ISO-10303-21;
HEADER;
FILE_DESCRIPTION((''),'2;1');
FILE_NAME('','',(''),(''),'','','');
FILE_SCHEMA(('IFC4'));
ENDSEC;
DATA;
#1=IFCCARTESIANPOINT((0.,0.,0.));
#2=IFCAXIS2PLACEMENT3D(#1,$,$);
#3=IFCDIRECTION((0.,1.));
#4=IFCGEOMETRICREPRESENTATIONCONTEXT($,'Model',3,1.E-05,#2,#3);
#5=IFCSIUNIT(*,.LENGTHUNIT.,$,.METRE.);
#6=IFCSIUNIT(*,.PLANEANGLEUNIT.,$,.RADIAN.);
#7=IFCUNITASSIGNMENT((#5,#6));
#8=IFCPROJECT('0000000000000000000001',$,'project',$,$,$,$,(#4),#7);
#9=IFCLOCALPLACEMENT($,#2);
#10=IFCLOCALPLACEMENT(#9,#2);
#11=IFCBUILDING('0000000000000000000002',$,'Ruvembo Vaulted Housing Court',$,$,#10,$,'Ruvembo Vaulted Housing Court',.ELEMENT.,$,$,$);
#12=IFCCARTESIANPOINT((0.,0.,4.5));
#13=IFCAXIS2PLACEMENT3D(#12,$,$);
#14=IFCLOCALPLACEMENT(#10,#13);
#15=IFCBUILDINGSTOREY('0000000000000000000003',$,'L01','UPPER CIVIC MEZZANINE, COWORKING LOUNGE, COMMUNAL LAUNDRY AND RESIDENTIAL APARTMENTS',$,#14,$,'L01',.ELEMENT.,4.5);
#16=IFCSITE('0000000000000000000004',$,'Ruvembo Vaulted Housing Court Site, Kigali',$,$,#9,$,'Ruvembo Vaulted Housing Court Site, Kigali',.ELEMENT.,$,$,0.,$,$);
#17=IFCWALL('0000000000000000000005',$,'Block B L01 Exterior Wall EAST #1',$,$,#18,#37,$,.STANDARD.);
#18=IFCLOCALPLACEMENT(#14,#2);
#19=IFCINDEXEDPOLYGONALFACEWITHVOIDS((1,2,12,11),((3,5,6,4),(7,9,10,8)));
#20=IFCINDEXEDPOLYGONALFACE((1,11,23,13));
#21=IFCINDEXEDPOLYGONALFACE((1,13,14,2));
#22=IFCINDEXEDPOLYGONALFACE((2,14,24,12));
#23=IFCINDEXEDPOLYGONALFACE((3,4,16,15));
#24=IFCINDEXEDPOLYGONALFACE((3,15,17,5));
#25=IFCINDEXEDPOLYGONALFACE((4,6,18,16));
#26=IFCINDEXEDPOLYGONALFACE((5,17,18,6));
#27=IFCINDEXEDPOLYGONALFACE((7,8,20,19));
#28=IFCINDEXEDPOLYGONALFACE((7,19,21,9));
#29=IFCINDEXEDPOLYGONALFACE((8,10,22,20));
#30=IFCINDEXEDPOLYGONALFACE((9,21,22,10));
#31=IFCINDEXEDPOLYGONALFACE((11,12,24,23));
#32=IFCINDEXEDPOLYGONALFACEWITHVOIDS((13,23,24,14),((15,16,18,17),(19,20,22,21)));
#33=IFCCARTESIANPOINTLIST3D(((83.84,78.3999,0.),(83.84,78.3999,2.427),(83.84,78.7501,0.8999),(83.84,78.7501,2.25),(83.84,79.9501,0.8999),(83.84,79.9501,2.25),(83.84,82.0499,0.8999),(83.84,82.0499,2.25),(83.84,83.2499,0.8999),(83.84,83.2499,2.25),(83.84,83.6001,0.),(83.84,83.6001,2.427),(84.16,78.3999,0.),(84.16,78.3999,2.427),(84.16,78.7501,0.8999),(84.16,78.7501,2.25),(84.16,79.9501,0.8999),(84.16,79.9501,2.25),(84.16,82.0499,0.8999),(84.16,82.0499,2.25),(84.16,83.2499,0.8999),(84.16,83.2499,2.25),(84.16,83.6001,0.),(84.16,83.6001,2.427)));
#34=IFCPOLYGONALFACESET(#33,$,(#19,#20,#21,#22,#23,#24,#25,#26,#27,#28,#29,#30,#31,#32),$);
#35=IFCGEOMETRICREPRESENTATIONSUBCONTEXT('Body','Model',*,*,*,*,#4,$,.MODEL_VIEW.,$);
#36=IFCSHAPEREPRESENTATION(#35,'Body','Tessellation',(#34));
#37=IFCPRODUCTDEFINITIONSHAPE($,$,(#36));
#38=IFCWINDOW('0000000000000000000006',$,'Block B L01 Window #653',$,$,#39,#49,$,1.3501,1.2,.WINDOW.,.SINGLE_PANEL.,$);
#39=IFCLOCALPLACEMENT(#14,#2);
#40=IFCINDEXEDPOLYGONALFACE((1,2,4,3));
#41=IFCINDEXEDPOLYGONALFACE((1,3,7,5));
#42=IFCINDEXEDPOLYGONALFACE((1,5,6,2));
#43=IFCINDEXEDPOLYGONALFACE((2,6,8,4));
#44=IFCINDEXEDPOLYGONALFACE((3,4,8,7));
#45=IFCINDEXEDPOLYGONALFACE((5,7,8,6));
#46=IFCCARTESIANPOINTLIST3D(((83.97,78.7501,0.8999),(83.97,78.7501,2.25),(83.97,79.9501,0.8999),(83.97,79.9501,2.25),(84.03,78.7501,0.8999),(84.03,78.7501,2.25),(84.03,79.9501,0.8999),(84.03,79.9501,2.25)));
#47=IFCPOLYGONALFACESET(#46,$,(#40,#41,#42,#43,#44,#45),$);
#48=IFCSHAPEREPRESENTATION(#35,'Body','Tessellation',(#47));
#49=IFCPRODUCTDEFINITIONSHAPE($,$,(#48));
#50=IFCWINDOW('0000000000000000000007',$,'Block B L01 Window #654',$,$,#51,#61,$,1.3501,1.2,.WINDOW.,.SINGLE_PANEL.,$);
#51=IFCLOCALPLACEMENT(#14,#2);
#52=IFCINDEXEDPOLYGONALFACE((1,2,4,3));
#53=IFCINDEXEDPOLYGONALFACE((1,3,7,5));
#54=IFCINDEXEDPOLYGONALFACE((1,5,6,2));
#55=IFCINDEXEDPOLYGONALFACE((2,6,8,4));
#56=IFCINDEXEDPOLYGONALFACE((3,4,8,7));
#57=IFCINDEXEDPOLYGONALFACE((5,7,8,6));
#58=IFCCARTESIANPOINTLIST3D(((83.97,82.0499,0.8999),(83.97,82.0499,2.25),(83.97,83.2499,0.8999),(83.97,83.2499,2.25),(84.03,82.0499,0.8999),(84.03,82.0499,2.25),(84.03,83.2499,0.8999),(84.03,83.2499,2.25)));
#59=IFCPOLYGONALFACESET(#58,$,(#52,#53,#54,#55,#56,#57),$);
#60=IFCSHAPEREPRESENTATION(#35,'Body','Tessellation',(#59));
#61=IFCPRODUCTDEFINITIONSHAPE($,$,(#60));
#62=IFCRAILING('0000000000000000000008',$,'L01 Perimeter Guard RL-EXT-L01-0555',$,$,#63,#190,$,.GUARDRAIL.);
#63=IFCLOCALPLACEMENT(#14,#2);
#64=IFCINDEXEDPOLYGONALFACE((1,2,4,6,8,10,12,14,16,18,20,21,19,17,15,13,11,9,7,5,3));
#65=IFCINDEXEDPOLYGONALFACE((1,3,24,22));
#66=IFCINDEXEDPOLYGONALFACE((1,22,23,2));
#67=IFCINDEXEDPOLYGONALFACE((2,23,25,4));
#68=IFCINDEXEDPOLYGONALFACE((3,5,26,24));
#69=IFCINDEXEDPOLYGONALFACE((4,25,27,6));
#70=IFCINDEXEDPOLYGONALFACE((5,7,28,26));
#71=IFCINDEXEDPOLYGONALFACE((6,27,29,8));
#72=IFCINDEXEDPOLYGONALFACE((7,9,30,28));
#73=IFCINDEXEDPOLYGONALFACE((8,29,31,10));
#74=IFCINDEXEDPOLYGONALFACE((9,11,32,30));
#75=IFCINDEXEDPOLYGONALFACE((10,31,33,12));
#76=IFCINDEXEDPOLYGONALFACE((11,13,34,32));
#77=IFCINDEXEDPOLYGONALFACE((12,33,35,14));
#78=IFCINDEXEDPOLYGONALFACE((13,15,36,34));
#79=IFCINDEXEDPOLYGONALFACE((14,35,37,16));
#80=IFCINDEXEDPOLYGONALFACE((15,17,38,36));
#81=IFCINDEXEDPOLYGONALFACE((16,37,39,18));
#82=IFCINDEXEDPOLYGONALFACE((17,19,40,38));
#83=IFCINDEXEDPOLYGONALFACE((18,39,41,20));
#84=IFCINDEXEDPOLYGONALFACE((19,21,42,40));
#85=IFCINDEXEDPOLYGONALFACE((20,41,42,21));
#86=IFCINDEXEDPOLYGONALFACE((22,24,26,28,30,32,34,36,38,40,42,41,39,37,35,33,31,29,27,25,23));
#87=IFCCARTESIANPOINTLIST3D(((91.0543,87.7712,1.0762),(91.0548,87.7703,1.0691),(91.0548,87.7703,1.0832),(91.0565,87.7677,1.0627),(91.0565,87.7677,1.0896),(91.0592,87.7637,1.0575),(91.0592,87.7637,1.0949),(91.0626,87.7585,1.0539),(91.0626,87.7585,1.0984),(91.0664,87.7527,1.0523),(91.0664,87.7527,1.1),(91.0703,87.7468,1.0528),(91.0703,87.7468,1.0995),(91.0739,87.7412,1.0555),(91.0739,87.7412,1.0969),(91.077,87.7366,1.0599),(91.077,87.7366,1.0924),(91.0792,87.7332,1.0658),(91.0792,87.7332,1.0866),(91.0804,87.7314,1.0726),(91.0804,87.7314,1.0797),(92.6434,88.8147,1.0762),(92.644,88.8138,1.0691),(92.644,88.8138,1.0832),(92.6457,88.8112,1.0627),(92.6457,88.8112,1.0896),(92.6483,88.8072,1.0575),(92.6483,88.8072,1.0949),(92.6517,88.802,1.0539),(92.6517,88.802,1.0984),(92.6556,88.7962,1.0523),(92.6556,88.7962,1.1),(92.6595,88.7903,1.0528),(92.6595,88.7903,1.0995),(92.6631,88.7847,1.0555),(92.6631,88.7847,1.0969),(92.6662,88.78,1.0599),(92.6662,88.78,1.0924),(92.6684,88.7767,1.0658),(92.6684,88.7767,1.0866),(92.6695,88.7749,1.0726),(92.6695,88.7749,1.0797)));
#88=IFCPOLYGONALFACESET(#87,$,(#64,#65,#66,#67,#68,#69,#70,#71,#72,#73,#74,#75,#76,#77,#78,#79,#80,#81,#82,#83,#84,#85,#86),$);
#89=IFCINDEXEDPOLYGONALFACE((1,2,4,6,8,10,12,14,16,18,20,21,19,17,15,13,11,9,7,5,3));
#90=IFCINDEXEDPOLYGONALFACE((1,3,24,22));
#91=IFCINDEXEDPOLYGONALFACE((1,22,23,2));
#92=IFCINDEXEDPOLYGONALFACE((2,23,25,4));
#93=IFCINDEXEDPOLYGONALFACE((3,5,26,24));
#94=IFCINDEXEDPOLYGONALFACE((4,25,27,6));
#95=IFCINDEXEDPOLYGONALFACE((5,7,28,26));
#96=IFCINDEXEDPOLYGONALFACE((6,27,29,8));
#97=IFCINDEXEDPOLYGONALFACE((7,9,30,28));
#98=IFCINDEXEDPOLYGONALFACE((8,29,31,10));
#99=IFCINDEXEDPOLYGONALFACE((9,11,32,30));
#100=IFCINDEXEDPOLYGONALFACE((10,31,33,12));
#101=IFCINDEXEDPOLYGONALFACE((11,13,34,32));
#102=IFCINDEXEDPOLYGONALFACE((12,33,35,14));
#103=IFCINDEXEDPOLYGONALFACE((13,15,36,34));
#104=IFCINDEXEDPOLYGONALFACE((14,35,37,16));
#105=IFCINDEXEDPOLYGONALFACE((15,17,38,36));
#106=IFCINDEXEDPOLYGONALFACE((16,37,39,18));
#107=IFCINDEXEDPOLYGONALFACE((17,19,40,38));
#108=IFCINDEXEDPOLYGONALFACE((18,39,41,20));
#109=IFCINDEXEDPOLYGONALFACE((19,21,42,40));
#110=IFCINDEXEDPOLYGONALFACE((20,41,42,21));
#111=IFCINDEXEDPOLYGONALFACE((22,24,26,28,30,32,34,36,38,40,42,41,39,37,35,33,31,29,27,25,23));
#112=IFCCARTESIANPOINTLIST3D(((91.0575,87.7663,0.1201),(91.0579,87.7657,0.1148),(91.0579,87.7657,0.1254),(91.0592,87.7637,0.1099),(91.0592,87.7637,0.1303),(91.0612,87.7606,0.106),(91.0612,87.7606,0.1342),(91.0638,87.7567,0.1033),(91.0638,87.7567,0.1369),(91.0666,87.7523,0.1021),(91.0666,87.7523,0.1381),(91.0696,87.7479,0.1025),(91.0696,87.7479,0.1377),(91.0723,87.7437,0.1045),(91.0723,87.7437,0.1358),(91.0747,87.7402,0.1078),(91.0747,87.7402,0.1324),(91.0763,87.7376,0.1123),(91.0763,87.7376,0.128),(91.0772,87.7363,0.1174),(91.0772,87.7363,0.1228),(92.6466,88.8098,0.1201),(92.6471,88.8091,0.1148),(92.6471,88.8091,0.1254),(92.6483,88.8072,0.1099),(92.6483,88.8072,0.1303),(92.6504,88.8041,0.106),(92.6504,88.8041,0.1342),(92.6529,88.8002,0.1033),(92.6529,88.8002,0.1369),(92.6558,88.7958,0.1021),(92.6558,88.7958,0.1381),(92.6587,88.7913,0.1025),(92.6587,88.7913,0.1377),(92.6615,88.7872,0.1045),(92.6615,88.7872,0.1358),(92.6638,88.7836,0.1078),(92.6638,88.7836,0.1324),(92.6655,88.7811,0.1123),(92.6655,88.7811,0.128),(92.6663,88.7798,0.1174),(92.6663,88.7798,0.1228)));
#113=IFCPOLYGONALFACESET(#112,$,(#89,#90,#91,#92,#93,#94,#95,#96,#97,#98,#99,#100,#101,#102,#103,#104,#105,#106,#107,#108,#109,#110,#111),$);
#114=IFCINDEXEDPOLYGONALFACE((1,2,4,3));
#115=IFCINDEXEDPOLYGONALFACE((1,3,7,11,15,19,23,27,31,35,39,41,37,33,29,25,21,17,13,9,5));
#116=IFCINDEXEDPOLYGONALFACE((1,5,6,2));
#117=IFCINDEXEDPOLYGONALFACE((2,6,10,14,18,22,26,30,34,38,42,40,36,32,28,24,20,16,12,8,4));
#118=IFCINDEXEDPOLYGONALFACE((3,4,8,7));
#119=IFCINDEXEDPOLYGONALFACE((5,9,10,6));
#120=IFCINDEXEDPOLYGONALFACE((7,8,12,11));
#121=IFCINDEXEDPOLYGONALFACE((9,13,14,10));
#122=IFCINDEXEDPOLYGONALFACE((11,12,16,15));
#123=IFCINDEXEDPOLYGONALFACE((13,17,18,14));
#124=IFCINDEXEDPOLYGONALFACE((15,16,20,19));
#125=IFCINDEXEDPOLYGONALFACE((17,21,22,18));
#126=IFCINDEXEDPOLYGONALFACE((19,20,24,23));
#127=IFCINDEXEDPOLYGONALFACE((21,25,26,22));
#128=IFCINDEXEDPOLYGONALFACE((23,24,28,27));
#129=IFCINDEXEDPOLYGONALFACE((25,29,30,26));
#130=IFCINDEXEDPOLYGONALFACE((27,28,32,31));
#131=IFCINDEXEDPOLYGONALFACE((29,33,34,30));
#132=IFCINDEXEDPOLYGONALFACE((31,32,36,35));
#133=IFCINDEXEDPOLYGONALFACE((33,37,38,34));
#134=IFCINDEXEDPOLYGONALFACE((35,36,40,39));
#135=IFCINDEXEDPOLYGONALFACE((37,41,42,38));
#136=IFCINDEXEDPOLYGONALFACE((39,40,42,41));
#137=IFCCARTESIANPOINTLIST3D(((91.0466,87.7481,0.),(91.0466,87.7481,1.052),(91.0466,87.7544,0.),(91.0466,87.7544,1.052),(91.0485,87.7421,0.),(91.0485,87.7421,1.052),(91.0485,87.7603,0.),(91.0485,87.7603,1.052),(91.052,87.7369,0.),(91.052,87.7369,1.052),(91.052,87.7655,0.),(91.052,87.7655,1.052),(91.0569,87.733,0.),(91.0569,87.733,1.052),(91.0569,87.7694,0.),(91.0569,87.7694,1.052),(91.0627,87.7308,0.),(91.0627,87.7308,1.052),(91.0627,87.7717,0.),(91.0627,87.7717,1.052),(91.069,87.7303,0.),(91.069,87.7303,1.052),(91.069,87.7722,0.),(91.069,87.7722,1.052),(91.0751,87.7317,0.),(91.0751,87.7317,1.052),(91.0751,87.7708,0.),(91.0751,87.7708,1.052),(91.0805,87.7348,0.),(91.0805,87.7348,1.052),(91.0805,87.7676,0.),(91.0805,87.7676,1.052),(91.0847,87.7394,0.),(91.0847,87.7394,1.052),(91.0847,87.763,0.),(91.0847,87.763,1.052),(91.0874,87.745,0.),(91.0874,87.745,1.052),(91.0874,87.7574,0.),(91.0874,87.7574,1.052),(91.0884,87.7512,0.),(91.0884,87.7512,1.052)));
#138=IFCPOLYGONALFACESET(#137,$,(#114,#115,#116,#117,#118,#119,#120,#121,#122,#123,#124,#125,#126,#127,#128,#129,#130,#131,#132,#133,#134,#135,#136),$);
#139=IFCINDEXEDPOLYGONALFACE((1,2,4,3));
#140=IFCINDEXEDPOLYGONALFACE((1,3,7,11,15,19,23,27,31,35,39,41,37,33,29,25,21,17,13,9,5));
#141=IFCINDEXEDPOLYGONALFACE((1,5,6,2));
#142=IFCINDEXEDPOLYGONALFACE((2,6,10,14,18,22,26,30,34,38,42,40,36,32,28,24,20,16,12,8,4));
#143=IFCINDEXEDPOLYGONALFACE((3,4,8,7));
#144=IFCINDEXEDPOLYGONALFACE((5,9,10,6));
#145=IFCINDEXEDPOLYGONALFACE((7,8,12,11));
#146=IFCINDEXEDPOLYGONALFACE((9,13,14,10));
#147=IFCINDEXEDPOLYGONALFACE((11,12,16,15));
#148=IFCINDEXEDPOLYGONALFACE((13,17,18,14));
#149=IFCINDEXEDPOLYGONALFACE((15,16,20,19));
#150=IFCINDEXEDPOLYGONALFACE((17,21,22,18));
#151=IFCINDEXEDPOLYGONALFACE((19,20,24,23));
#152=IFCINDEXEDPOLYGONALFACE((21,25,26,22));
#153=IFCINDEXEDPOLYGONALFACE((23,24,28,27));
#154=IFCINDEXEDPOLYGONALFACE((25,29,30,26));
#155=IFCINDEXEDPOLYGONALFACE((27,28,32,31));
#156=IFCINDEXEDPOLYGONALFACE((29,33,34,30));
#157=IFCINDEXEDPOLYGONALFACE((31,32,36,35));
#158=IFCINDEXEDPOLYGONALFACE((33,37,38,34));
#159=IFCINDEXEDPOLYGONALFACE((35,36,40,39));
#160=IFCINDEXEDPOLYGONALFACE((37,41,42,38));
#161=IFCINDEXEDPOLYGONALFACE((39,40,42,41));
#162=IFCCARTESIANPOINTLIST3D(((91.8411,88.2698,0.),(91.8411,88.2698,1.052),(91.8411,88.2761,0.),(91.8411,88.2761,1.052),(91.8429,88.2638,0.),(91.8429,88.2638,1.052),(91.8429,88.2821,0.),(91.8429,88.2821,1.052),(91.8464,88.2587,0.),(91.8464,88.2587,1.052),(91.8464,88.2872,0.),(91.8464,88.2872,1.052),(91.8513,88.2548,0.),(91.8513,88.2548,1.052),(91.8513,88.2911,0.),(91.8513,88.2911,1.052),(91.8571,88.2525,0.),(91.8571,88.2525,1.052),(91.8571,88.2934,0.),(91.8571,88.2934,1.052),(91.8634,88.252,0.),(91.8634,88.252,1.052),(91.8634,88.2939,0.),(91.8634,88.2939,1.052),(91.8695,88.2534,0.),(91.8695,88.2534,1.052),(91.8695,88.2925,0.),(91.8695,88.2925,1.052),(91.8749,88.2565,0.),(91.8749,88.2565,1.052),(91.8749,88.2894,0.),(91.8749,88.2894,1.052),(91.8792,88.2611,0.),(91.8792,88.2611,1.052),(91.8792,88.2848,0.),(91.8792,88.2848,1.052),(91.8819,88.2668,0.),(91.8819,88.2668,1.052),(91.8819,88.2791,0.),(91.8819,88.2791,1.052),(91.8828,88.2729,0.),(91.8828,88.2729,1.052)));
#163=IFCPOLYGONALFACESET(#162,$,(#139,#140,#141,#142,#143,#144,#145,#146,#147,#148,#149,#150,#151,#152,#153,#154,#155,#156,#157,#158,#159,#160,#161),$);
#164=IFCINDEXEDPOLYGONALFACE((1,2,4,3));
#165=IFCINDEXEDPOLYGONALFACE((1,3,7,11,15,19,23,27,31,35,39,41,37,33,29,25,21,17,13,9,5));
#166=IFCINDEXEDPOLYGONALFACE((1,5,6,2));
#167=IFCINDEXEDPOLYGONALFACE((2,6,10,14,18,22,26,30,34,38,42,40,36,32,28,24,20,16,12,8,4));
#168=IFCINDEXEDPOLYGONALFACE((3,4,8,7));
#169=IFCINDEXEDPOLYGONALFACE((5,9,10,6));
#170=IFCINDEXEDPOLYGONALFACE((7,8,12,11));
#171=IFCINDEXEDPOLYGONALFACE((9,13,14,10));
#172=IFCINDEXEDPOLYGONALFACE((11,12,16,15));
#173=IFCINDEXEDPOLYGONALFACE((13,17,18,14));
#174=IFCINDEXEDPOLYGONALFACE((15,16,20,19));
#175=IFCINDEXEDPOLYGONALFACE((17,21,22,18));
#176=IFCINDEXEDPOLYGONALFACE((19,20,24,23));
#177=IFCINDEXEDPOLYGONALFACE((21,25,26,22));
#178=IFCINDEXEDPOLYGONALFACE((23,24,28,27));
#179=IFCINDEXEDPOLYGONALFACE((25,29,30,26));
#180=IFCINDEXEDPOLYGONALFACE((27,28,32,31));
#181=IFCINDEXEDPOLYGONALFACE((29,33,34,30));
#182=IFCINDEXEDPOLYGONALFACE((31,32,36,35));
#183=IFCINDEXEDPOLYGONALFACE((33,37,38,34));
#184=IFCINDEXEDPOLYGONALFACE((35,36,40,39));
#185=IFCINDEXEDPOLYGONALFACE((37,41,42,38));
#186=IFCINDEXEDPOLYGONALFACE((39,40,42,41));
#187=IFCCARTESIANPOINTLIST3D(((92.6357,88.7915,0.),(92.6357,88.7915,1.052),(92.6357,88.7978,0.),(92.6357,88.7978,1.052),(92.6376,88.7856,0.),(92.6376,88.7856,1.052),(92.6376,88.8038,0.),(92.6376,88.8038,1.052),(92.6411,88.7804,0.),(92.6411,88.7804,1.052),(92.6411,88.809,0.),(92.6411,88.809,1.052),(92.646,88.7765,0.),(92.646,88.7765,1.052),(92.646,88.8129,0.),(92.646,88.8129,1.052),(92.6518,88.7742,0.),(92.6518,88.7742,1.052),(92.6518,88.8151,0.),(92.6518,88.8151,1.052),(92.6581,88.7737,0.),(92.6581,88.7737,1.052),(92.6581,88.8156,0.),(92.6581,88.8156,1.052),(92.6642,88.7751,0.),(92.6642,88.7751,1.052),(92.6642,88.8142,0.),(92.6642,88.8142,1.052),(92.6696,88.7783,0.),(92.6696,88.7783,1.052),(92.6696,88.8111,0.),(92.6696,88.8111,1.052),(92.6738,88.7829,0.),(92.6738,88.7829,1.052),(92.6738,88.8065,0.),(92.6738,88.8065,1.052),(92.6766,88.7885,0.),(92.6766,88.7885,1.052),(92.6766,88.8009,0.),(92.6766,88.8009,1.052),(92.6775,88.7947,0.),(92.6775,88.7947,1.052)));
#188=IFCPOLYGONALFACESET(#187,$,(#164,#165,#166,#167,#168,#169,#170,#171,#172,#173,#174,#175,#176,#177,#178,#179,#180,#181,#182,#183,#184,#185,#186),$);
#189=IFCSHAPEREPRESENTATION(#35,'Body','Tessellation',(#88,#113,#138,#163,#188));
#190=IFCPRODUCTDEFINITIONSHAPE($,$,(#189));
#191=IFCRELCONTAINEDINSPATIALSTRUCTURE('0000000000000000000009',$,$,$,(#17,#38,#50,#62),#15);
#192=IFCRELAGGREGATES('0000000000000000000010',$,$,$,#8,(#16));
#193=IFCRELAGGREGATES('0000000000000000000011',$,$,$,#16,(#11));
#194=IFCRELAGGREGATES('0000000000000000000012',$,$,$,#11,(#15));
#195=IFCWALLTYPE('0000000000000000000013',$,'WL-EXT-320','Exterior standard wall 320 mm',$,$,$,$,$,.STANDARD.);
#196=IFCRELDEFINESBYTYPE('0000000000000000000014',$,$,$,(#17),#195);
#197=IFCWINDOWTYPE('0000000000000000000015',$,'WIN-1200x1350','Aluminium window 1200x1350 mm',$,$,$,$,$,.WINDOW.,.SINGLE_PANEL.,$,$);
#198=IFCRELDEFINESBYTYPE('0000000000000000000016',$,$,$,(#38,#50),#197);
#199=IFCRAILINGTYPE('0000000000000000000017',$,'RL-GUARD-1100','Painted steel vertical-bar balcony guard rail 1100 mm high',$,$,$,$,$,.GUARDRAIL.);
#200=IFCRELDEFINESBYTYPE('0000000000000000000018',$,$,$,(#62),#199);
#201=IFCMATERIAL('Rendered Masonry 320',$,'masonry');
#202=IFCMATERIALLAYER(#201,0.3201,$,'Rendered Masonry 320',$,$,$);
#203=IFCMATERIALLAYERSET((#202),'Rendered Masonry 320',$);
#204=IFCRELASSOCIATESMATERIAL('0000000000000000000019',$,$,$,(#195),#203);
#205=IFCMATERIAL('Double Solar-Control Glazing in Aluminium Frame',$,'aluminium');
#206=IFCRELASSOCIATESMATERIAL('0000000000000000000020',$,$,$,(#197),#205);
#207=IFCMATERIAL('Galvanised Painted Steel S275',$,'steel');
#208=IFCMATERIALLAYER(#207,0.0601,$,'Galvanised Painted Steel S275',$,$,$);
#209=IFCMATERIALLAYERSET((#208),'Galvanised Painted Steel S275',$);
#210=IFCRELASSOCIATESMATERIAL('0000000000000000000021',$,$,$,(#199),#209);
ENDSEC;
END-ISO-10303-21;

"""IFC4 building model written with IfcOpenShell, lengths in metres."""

from ifc_helpers import new_model, si_unit, direction, frame, frame_2d, origin, origin_2d, place, context, subcontext, project, spatial, rectangle, circle, extrude, material, layer, layer_set, type_object, element, fill, save


model = new_model("IFC4")

# Units and contexts
model_context = context("Model", 3, precision=1e-05, world=origin(), true_north=direction((0.0, 1.0)))
body_context = subcontext(model_context, "Body", "Model", "MODEL_VIEW")
ifc_project = project(units=[si_unit("LENGTHUNIT", "METRE"), si_unit("PLANEANGLEUNIT", "RADIAN")], contexts=[model_context])

# Site, building, storey
site_placement = place(None, origin())
site = spatial("IfcSite", under=ifc_project, at=site_placement, Name="Ruvembo Vaulted Housing Court Site, Kigali", LongName="Ruvembo Vaulted Housing Court Site, Kigali", CompositionType="ELEMENT", RefElevation=0.0)
building_placement = place(site_placement, origin())
building = spatial("IfcBuilding", under=site, at=building_placement, Name="Ruvembo Vaulted Housing Court", LongName="Ruvembo Vaulted Housing Court", CompositionType="ELEMENT")
storey_placement = place(building_placement, frame((0.0, 0.0, 4.5)))
storey = spatial("IfcBuildingStorey", under=building, at=storey_placement, Name="L01", Description="UPPER CIVIC MEZZANINE, COWORKING LOUNGE, COMMUNAL LAUNDRY AND RESIDENTIAL APARTMENTS", LongName="L01", CompositionType="ELEMENT", Elevation=4.5)

# Wall, openings, windows
ifc_material_1 = material(Name="Rendered Masonry 320", Category="masonry")
ifc_layer_1 = layer(ifc_material_1, 0.3201, Name="Rendered Masonry 320")
ifc_layer_set_1 = layer_set([ifc_layer_1], Name="Rendered Masonry 320")
wall_type_1 = type_object("IfcWallType", Name="WL-EXT-320", Description="Exterior standard wall 320 mm", PredefinedType="STANDARD", material=ifc_layer_set_1)
wall_1_placement = place(storey_placement, frame((84.0, 78.3999, 0.0), z_axis=(0.0, 0.0, 1.0), x_axis=(0.0, 1.0, 0.0)))
wall_1 = element("IfcWall", 1, at=wall_1_placement, inside=storey, type_object=wall_type_1, Name="Block B L01 Exterior Wall EAST #1", PredefinedType="STANDARD", context=body_context, shape_type="SweptSolid", body=[
    extrude(rectangle(XDim=5.2002, YDim=0.3201, at=frame_2d((2.6001, 0.0))), origin(), (0.0, 0.0, 1.0), 2.427),
])
opening_1_placement = place(wall_1_placement, frame((0.3501, 0.0, 0.8999)))
opening_1 = element("IfcOpeningElement", 2, at=opening_1_placement, cuts=wall_1, PredefinedType="OPENING", context=body_context, shape_type="SweptSolid", body=[
    extrude(rectangle(XDim=1.2, YDim=1.3501, at=frame_2d((0.6001, 0.675))), frame((0.0, 0.1699, 0.0), z_axis=(0.0, -1.0, 0.0), x_axis=(1.0, 0.0, 0.0)), (0.0, 0.0, 1.0), 0.3401),
])
opening_2_placement = place(wall_1_placement, frame((3.6499, 0.0, 0.8999)))
opening_2 = element("IfcOpeningElement", 3, at=opening_2_placement, cuts=wall_1, PredefinedType="OPENING", context=body_context, shape_type="SweptSolid", body=[
    extrude(rectangle(XDim=1.2, YDim=1.3501, at=frame_2d((0.6001, 0.675))), frame((0.0, 0.1699, 0.0), z_axis=(0.0, -1.0, 0.0), x_axis=(1.0, 0.0, 0.0)), (0.0, 0.0, 1.0), 0.3401),
])
ifc_material_2 = material(Name="Double Solar-Control Glazing in Aluminium Frame", Category="aluminium")
window_type_1 = type_object("IfcWindowType", Name="WIN-1200x1350", Description="Aluminium window 1200x1350 mm", PartitioningType="SINGLE_PANEL", PredefinedType="WINDOW", material=ifc_material_2)
window_1_placement = place(opening_1_placement, origin())
window_1 = element("IfcWindow", 4, at=window_1_placement, inside=storey, type_object=window_type_1, Name="Block B L01 Window #653", OverallHeight=1.3501, OverallWidth=1.2, PartitioningType="SINGLE_PANEL", PredefinedType="WINDOW", context=body_context, shape_type="SweptSolid", body=[
    extrude(rectangle(XDim=1.2, YDim=1.3501, at=frame_2d((0.6001, 0.675))), frame((0.0, 0.03, 0.0), z_axis=(0.0, -1.0, 0.0), x_axis=(1.0, 0.0, 0.0)), (0.0, 0.0, 1.0), 0.0601),
])
fill(opening_1, window_1)
window_2_placement = place(opening_2_placement, origin())
window_2 = element("IfcWindow", 5, at=window_2_placement, inside=storey, type_object=window_type_1, Name="Block B L01 Window #654", OverallHeight=1.3501, OverallWidth=1.2, PartitioningType="SINGLE_PANEL", PredefinedType="WINDOW", context=body_context, shape_type="SweptSolid", body=[
    extrude(rectangle(XDim=1.2, YDim=1.3501, at=frame_2d((0.6001, 0.675))), frame((0.0, 0.03, 0.0), z_axis=(0.0, -1.0, 0.0), x_axis=(1.0, 0.0, 0.0)), (0.0, 0.0, 1.0), 0.0601),
])
fill(opening_2, window_2)

# Railing
ifc_material_3 = material(Name="Galvanised Painted Steel S275", Category="steel")
ifc_layer_2 = layer(ifc_material_3, 0.0601, Name="Galvanised Painted Steel S275")
ifc_layer_set_2 = layer_set([ifc_layer_2], Name="Galvanised Painted Steel S275")
railing_type = type_object("IfcRailingType", Name="RL-GUARD-1100", Description="Painted steel vertical-bar balcony guard rail 1100 mm high", PredefinedType="GUARDRAIL", material=ifc_layer_set_2)
railing_1_placement = place(storey_placement, frame((91.0674, 87.7512, 0.0)))
element("IfcRailing", 6, at=railing_1_placement, inside=storey, type_object=railing_type, Name="L01 Perimeter Guard RL-EXT-L01-0555", PredefinedType="GUARDRAIL", context=body_context, shape_type="SweptSolid", body=[
    extrude(circle(Radius=0.0239, at=origin_2d()), frame((0.0, 0.0, 1.0762), z_axis=(0.835902, 0.548878, 0.0), x_axis=(-0.548878, 0.835902, 0.0)), (0.0, 0.0, 1.0), 1.9011),
    extrude(circle(Radius=0.0181, at=origin_2d()), frame((0.0, 0.0, 0.1201), z_axis=(0.835902, 0.548878, 0.0), x_axis=(-0.548878, 0.835902, 0.0)), (0.0, 0.0, 1.0), 1.9011),
    extrude(circle(Radius=0.021, at=origin_2d()), origin(), (0.0, 0.0, 1.0), 1.052),
    extrude(circle(Radius=0.021, at=origin_2d()), frame((0.7944, 0.5217, 0.0)), (0.0, 0.0, 1.0), 1.052),
    extrude(circle(Radius=0.021, at=origin_2d()), frame((1.5891, 1.0435, 0.0)), (0.0, 0.0, 1.0), 1.052),
])

save(model, "model.ifc")
